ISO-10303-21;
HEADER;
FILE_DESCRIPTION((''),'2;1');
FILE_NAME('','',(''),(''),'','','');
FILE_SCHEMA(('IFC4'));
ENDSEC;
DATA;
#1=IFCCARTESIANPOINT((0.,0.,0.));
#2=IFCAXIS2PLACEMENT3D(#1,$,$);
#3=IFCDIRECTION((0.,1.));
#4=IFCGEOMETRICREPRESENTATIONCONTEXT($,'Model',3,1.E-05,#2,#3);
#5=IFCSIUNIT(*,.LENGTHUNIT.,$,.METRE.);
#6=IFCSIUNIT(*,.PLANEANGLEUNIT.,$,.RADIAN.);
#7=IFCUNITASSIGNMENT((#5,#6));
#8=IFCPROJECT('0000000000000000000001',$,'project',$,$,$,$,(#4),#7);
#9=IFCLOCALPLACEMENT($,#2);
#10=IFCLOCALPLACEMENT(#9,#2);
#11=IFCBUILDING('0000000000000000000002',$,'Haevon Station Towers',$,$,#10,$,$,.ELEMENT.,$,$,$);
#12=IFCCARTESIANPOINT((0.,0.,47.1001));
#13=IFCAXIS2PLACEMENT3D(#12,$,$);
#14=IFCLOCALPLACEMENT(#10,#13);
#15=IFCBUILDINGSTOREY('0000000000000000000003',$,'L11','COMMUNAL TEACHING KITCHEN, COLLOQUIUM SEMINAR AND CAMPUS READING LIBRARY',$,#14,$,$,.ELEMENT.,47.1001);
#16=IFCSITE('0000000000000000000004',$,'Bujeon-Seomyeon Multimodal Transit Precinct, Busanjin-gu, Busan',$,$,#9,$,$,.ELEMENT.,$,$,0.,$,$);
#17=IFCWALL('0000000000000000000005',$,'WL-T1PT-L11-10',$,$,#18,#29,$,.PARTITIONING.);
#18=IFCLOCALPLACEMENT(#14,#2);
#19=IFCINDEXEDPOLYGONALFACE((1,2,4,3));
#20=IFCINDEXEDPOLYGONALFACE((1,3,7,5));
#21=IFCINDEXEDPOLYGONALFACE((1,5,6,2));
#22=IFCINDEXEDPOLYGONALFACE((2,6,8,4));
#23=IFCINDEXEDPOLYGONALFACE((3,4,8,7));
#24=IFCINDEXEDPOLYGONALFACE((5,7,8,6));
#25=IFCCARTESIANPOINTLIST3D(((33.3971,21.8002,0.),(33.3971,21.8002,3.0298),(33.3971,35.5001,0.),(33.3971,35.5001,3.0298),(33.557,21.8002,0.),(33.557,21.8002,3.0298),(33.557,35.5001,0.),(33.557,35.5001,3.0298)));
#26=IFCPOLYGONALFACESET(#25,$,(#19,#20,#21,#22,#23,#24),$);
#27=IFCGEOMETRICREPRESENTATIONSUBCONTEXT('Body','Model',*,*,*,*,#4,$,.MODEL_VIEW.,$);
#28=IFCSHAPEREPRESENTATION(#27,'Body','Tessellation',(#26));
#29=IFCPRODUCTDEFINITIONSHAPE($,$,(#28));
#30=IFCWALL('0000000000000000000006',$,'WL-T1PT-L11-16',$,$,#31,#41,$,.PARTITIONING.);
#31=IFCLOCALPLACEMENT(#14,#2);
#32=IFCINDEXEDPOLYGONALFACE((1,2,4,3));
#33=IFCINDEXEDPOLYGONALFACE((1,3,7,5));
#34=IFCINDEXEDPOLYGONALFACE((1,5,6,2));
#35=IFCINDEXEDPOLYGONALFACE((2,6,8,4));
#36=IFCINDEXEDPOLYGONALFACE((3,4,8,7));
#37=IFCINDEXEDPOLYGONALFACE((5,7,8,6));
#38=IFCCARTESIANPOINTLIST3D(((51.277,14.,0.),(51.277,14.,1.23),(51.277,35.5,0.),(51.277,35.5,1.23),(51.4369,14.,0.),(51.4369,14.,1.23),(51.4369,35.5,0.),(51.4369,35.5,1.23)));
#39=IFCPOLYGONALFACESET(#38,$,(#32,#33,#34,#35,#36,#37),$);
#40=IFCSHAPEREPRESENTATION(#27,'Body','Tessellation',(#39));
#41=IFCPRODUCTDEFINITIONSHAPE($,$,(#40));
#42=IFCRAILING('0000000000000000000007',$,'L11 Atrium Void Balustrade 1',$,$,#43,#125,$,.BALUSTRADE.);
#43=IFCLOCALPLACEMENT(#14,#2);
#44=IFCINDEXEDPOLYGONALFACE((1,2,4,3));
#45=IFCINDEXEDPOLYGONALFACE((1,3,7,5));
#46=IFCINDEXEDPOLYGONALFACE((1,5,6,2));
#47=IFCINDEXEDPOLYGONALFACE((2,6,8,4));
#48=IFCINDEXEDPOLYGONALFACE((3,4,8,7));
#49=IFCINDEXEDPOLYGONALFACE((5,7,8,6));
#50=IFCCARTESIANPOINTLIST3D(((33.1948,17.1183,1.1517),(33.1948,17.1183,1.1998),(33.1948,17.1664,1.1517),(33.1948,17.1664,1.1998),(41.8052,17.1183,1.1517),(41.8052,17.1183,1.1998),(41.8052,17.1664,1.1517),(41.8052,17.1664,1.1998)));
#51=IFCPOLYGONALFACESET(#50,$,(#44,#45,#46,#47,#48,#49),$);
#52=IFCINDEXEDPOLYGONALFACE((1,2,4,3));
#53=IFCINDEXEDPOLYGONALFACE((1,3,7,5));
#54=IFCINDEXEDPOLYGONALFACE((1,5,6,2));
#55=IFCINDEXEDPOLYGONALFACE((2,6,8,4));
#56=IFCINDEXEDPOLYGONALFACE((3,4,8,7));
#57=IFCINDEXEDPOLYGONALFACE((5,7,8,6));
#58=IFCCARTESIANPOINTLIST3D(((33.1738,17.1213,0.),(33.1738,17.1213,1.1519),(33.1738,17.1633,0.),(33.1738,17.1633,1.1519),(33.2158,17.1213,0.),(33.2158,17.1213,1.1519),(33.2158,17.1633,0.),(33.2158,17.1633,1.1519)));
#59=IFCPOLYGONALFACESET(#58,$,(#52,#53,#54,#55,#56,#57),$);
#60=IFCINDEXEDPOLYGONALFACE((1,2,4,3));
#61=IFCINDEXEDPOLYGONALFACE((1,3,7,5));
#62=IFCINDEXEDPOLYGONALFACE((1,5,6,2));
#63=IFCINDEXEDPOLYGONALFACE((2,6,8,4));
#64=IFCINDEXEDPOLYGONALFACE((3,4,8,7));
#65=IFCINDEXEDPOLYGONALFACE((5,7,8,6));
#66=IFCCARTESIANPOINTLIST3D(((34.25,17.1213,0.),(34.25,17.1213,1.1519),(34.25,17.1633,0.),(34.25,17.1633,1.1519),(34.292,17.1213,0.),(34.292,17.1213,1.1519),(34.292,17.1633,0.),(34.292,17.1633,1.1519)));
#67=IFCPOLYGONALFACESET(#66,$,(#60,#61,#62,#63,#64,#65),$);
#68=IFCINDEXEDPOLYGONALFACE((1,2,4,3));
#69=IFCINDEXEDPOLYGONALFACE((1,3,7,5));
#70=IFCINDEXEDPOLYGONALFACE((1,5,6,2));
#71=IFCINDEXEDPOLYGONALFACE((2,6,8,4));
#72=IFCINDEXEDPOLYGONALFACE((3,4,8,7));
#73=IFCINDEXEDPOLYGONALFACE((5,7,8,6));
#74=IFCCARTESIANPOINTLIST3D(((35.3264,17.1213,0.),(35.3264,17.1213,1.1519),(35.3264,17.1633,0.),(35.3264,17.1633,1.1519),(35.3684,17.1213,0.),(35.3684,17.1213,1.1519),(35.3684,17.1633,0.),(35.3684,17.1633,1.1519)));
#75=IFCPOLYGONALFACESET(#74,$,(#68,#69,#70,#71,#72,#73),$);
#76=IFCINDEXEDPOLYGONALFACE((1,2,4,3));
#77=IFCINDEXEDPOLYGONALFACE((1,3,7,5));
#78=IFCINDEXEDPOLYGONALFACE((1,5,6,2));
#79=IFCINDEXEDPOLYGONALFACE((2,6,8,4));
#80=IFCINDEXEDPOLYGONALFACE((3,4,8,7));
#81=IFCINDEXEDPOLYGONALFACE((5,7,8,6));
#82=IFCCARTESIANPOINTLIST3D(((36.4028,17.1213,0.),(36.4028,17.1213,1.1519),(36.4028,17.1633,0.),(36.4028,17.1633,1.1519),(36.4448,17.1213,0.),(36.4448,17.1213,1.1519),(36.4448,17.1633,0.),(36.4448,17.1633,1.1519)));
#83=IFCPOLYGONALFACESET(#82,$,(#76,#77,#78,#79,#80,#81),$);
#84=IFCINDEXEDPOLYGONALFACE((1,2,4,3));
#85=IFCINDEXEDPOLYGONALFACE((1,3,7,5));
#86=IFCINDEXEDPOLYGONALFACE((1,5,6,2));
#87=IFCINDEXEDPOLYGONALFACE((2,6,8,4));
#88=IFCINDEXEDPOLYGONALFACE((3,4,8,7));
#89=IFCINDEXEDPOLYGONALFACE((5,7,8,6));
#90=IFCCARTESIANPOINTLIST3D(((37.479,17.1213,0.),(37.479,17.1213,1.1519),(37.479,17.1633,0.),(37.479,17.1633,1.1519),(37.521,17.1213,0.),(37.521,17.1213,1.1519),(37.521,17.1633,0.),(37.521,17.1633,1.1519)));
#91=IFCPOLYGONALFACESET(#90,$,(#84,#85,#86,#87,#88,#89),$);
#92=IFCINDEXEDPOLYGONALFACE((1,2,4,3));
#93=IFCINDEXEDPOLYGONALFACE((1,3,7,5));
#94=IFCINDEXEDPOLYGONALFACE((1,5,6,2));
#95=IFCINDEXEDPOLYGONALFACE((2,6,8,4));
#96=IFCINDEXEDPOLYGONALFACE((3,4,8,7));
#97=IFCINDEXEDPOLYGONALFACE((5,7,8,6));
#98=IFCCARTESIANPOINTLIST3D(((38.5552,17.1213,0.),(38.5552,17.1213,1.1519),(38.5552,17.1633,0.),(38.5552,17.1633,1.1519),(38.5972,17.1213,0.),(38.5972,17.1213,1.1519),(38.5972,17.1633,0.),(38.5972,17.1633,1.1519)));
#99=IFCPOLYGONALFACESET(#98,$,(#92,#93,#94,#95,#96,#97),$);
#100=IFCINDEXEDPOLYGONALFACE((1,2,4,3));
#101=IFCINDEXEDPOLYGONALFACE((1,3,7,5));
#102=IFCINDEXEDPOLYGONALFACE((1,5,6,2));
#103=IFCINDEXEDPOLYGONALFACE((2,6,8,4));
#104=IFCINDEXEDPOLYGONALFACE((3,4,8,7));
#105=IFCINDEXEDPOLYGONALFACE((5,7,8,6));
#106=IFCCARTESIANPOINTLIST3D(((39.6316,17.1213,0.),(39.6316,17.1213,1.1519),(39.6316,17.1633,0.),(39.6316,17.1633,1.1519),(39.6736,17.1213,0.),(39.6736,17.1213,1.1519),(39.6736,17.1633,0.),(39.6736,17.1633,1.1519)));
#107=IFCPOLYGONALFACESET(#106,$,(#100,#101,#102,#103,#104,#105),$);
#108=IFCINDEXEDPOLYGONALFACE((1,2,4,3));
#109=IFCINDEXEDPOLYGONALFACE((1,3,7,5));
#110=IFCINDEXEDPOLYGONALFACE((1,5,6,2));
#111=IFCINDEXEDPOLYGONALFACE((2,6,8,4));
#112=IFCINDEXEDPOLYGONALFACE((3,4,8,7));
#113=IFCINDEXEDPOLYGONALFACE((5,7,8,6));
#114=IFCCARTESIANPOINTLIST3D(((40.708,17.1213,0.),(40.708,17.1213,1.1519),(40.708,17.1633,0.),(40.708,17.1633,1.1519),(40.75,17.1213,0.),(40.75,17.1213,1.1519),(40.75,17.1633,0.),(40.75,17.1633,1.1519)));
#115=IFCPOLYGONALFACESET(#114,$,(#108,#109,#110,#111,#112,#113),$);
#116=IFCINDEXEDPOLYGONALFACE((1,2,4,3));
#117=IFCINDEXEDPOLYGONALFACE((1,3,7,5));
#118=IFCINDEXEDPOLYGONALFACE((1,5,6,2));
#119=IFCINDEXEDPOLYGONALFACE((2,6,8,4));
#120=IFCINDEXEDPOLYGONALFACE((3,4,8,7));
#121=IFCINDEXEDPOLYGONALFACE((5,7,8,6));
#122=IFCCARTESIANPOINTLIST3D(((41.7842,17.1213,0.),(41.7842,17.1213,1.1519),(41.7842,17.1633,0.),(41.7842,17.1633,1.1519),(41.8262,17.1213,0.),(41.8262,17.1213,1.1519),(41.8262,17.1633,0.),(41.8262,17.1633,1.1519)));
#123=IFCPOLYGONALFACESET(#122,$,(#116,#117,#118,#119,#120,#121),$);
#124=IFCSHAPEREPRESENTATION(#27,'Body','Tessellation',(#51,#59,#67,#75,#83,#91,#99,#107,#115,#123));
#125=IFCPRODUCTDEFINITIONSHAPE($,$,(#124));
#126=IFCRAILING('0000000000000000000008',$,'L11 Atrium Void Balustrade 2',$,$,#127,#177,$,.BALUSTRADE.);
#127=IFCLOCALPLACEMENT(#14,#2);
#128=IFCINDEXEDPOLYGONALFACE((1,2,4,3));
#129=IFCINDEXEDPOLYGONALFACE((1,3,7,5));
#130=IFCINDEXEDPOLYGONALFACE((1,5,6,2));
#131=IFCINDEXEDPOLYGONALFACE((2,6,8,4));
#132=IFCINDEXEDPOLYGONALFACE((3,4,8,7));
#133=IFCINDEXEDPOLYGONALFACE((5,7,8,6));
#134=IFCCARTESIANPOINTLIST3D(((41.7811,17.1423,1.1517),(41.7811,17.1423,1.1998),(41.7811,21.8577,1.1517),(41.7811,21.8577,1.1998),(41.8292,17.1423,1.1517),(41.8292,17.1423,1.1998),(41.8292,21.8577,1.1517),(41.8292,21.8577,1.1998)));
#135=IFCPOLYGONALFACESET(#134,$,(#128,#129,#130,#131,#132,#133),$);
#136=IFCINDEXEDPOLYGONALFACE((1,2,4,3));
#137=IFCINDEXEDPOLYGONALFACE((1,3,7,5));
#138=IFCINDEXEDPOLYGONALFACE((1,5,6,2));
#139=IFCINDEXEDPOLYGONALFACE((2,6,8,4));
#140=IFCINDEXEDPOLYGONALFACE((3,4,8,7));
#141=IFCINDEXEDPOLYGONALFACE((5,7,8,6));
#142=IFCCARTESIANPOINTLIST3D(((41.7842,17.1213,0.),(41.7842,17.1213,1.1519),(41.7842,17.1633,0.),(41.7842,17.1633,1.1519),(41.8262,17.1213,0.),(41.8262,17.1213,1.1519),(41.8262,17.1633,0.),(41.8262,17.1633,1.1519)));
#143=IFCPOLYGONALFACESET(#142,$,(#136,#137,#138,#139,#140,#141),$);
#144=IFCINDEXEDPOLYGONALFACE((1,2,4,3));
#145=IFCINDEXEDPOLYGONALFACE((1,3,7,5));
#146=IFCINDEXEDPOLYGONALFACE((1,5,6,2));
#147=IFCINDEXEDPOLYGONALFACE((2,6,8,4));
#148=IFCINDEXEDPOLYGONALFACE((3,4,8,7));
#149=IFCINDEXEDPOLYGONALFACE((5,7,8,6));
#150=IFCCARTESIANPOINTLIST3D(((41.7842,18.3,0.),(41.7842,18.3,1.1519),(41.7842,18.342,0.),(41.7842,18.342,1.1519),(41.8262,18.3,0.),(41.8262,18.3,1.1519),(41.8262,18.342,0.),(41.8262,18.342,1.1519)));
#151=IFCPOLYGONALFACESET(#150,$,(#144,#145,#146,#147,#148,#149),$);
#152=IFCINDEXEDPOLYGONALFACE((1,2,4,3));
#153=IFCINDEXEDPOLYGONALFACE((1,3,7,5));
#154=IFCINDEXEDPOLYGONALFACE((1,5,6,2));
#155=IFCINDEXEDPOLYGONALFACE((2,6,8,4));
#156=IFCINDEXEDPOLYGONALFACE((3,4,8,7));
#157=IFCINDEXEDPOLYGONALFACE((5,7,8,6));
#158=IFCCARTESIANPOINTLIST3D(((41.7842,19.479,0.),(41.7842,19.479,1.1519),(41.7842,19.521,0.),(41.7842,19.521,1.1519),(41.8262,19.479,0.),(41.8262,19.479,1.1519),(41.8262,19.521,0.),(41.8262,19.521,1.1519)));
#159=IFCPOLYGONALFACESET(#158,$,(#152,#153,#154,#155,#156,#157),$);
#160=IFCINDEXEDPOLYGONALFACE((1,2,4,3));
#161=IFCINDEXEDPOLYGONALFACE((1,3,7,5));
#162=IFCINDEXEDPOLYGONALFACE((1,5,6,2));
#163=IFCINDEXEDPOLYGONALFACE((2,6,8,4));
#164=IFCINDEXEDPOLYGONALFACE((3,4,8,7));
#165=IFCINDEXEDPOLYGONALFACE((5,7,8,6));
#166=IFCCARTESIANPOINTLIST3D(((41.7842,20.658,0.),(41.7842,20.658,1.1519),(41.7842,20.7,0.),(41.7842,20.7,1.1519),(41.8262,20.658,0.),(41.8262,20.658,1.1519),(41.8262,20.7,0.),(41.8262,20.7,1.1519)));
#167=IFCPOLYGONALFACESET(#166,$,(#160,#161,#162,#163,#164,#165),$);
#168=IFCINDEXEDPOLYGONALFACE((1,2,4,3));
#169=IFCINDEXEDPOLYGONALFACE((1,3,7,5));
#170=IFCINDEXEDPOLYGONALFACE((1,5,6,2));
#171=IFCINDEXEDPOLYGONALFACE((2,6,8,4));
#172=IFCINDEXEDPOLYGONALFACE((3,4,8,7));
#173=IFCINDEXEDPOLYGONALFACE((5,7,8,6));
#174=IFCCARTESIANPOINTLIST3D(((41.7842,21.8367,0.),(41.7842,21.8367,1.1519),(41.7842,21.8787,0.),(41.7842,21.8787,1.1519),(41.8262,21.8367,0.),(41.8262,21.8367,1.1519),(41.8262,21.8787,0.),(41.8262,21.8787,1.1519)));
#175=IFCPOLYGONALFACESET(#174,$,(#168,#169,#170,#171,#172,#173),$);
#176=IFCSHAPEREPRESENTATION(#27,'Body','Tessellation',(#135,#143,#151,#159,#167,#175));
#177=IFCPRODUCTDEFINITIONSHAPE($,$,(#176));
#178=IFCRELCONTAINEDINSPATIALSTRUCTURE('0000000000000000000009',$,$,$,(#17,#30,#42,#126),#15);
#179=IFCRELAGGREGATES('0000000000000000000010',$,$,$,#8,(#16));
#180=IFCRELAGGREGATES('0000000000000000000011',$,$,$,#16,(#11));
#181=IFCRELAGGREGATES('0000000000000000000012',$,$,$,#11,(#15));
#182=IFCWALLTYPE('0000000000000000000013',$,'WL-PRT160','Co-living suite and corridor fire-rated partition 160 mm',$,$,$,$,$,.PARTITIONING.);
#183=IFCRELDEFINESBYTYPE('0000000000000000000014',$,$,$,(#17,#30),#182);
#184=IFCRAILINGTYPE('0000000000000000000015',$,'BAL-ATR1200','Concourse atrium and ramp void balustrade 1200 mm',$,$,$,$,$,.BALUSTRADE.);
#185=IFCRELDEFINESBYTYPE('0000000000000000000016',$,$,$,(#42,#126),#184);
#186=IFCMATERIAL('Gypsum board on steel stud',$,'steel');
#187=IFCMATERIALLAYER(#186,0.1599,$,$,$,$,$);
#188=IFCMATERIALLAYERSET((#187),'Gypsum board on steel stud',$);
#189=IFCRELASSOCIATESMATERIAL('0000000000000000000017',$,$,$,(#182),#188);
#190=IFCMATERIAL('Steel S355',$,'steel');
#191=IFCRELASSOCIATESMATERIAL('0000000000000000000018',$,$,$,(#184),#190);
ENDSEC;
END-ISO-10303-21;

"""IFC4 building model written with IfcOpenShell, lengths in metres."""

from ifc_helpers import new_model, si_unit, direction, frame, frame_2d, origin, origin_2d, place, context, subcontext, project, spatial, rectangle, extrude, material, layer, layer_set, type_object, element, save


model = new_model("IFC4")

# Units and contexts
model_context = context("Model", 3, precision=1e-05, world=origin(), true_north=direction((0.0, 1.0)))
body_context = subcontext(model_context, "Body", "Model", "MODEL_VIEW")
ifc_project = project(units=[si_unit("LENGTHUNIT", "METRE"), si_unit("PLANEANGLEUNIT", "RADIAN")], contexts=[model_context])

# Site, building, storey
site_placement = place(None, origin())
site = spatial("IfcSite", under=ifc_project, at=site_placement, Name="Bujeon-Seomyeon Multimodal Transit Precinct, Busanjin-gu, Busan", CompositionType="ELEMENT", RefElevation=0.0)
building_placement = place(site_placement, origin())
building = spatial("IfcBuilding", under=site, at=building_placement, Name="Haevon Station Towers", CompositionType="ELEMENT")
storey_placement = place(building_placement, frame((0.0, 0.0, 47.1001)))
storey = spatial("IfcBuildingStorey", under=building, at=storey_placement, Name="L11", Description="COMMUNAL TEACHING KITCHEN, COLLOQUIUM SEMINAR AND CAMPUS READING LIBRARY", CompositionType="ELEMENT", Elevation=47.1001)

# Shared definitions
ifc_material_1 = material(Name="Steel S355", Category="steel")

# Walls
ifc_material_2 = material(Name="Gypsum board on steel stud", Category="steel")
ifc_layer_1 = layer(ifc_material_2, 0.1599)
ifc_layer_set_1 = layer_set([ifc_layer_1], Name="Gypsum board on steel stud")
wall_type_1 = type_object("IfcWallType", Name="WL-PRT160", Description="Co-living suite and corridor fire-rated partition 160 mm", PredefinedType="PARTITIONING", material=ifc_layer_set_1)
wall_1_placement = place(storey_placement, frame((33.4771, 21.8, 0.0), z_axis=(0.0, 0.0, 1.0), x_axis=(0.0, 1.0, 0.0)))
element("IfcWall", 1, at=wall_1_placement, inside=storey, type_object=wall_type_1, Name="WL-T1PT-L11-10", PredefinedType="PARTITIONING", context=body_context, shape_type="SweptSolid", body=[
    extrude(rectangle(XDim=13.7, YDim=0.1599, at=frame_2d((6.8501, 0.0))), origin(), (0.0, 0.0, 1.0), 3.0298),
])
wall_2_placement = place(storey_placement, frame((51.3569, 14.0, 0.0), z_axis=(0.0, 0.0, 1.0), x_axis=(0.0, 1.0, 0.0)))
element("IfcWall", 2, at=wall_2_placement, inside=storey, type_object=wall_type_1, Name="WL-T1PT-L11-16", PredefinedType="PARTITIONING", context=body_context, shape_type="SweptSolid", body=[
    extrude(rectangle(XDim=21.5, YDim=0.1599, at=frame_2d((10.75, 0.0))), origin(), (0.0, 0.0, 1.0), 1.23),
])

# Railings
railing_type = type_object("IfcRailingType", Name="BAL-ATR1200", Description="Concourse atrium and ramp void balustrade 1200 mm", PredefinedType="BALUSTRADE", material=ifc_material_1)
railing_1_placement = place(storey_placement, frame((33.1948, 17.1423, 0.0)))
element("IfcRailing", 3, at=railing_1_placement, inside=storey, type_object=railing_type, Name="L11 Atrium Void Balustrade 1", PredefinedType="BALUSTRADE", context=body_context, shape_type="SweptSolid", body=[
    extrude(rectangle(XDim=0.0481, YDim=0.0481, at=origin_2d()), frame((0.0, 0.0, 1.1758), z_axis=(1.0, 0.0, 0.0), x_axis=(0.0, 1.0, 0.0)), (0.0, 0.0, 1.0), 8.6104),
    extrude(rectangle(XDim=0.042, YDim=0.042, at=origin_2d()), origin(), (0.0, 0.0, 1.0), 1.1519),
    extrude(rectangle(XDim=0.042, YDim=0.042, at=origin_2d()), frame((1.0762, 0.0, 0.0)), (0.0, 0.0, 1.0), 1.1519),
    extrude(rectangle(XDim=0.042, YDim=0.042, at=origin_2d()), frame((2.1526, 0.0, 0.0)), (0.0, 0.0, 1.0), 1.1519),
    extrude(rectangle(XDim=0.042, YDim=0.042, at=origin_2d()), frame((3.229, 0.0, 0.0)), (0.0, 0.0, 1.0), 1.1519),
    extrude(rectangle(XDim=0.042, YDim=0.042, at=origin_2d()), frame((4.3052, 0.0, 0.0)), (0.0, 0.0, 1.0), 1.1519),
    extrude(rectangle(XDim=0.042, YDim=0.042, at=origin_2d()), frame((5.3813, 0.0, 0.0)), (0.0, 0.0, 1.0), 1.1519),
    extrude(rectangle(XDim=0.042, YDim=0.042, at=origin_2d()), frame((6.4578, 0.0, 0.0)), (0.0, 0.0, 1.0), 1.1519),
    extrude(rectangle(XDim=0.042, YDim=0.042, at=origin_2d()), frame((7.5342, 0.0, 0.0)), (0.0, 0.0, 1.0), 1.1519),
    extrude(rectangle(XDim=0.042, YDim=0.042, at=origin_2d()), frame((8.6104, 0.0, 0.0)), (0.0, 0.0, 1.0), 1.1519),
])
railing_2_placement = place(storey_placement, frame((41.8052, 17.1423, 0.0)))
element("IfcRailing", 4, at=railing_2_placement, inside=storey, type_object=railing_type, Name="L11 Atrium Void Balustrade 2", PredefinedType="BALUSTRADE", context=body_context, shape_type="SweptSolid", body=[
    extrude(rectangle(XDim=0.0481, YDim=0.0481, at=origin_2d()), frame((0.0, 0.0, 1.1758), z_axis=(0.0, 1.0, 0.0), x_axis=(-1.0, 0.0, 0.0)), (0.0, 0.0, 1.0), 4.7153),
    extrude(rectangle(XDim=0.042, YDim=0.042, at=origin_2d()), origin(), (0.0, 0.0, 1.0), 1.1519),
    extrude(rectangle(XDim=0.042, YDim=0.042, at=origin_2d()), frame((0.0, 1.1787, 0.0)), (0.0, 0.0, 1.0), 1.1519),
    extrude(rectangle(XDim=0.042, YDim=0.042, at=origin_2d()), frame((0.0, 2.3577, 0.0)), (0.0, 0.0, 1.0), 1.1519),
    extrude(rectangle(XDim=0.042, YDim=0.042, at=origin_2d()), frame((0.0, 3.5366, 0.0)), (0.0, 0.0, 1.0), 1.1519),
    extrude(rectangle(XDim=0.042, YDim=0.042, at=origin_2d()), frame((0.0, 4.7153, 0.0)), (0.0, 0.0, 1.0), 1.1519),
])

save(model, "model.ifc")
